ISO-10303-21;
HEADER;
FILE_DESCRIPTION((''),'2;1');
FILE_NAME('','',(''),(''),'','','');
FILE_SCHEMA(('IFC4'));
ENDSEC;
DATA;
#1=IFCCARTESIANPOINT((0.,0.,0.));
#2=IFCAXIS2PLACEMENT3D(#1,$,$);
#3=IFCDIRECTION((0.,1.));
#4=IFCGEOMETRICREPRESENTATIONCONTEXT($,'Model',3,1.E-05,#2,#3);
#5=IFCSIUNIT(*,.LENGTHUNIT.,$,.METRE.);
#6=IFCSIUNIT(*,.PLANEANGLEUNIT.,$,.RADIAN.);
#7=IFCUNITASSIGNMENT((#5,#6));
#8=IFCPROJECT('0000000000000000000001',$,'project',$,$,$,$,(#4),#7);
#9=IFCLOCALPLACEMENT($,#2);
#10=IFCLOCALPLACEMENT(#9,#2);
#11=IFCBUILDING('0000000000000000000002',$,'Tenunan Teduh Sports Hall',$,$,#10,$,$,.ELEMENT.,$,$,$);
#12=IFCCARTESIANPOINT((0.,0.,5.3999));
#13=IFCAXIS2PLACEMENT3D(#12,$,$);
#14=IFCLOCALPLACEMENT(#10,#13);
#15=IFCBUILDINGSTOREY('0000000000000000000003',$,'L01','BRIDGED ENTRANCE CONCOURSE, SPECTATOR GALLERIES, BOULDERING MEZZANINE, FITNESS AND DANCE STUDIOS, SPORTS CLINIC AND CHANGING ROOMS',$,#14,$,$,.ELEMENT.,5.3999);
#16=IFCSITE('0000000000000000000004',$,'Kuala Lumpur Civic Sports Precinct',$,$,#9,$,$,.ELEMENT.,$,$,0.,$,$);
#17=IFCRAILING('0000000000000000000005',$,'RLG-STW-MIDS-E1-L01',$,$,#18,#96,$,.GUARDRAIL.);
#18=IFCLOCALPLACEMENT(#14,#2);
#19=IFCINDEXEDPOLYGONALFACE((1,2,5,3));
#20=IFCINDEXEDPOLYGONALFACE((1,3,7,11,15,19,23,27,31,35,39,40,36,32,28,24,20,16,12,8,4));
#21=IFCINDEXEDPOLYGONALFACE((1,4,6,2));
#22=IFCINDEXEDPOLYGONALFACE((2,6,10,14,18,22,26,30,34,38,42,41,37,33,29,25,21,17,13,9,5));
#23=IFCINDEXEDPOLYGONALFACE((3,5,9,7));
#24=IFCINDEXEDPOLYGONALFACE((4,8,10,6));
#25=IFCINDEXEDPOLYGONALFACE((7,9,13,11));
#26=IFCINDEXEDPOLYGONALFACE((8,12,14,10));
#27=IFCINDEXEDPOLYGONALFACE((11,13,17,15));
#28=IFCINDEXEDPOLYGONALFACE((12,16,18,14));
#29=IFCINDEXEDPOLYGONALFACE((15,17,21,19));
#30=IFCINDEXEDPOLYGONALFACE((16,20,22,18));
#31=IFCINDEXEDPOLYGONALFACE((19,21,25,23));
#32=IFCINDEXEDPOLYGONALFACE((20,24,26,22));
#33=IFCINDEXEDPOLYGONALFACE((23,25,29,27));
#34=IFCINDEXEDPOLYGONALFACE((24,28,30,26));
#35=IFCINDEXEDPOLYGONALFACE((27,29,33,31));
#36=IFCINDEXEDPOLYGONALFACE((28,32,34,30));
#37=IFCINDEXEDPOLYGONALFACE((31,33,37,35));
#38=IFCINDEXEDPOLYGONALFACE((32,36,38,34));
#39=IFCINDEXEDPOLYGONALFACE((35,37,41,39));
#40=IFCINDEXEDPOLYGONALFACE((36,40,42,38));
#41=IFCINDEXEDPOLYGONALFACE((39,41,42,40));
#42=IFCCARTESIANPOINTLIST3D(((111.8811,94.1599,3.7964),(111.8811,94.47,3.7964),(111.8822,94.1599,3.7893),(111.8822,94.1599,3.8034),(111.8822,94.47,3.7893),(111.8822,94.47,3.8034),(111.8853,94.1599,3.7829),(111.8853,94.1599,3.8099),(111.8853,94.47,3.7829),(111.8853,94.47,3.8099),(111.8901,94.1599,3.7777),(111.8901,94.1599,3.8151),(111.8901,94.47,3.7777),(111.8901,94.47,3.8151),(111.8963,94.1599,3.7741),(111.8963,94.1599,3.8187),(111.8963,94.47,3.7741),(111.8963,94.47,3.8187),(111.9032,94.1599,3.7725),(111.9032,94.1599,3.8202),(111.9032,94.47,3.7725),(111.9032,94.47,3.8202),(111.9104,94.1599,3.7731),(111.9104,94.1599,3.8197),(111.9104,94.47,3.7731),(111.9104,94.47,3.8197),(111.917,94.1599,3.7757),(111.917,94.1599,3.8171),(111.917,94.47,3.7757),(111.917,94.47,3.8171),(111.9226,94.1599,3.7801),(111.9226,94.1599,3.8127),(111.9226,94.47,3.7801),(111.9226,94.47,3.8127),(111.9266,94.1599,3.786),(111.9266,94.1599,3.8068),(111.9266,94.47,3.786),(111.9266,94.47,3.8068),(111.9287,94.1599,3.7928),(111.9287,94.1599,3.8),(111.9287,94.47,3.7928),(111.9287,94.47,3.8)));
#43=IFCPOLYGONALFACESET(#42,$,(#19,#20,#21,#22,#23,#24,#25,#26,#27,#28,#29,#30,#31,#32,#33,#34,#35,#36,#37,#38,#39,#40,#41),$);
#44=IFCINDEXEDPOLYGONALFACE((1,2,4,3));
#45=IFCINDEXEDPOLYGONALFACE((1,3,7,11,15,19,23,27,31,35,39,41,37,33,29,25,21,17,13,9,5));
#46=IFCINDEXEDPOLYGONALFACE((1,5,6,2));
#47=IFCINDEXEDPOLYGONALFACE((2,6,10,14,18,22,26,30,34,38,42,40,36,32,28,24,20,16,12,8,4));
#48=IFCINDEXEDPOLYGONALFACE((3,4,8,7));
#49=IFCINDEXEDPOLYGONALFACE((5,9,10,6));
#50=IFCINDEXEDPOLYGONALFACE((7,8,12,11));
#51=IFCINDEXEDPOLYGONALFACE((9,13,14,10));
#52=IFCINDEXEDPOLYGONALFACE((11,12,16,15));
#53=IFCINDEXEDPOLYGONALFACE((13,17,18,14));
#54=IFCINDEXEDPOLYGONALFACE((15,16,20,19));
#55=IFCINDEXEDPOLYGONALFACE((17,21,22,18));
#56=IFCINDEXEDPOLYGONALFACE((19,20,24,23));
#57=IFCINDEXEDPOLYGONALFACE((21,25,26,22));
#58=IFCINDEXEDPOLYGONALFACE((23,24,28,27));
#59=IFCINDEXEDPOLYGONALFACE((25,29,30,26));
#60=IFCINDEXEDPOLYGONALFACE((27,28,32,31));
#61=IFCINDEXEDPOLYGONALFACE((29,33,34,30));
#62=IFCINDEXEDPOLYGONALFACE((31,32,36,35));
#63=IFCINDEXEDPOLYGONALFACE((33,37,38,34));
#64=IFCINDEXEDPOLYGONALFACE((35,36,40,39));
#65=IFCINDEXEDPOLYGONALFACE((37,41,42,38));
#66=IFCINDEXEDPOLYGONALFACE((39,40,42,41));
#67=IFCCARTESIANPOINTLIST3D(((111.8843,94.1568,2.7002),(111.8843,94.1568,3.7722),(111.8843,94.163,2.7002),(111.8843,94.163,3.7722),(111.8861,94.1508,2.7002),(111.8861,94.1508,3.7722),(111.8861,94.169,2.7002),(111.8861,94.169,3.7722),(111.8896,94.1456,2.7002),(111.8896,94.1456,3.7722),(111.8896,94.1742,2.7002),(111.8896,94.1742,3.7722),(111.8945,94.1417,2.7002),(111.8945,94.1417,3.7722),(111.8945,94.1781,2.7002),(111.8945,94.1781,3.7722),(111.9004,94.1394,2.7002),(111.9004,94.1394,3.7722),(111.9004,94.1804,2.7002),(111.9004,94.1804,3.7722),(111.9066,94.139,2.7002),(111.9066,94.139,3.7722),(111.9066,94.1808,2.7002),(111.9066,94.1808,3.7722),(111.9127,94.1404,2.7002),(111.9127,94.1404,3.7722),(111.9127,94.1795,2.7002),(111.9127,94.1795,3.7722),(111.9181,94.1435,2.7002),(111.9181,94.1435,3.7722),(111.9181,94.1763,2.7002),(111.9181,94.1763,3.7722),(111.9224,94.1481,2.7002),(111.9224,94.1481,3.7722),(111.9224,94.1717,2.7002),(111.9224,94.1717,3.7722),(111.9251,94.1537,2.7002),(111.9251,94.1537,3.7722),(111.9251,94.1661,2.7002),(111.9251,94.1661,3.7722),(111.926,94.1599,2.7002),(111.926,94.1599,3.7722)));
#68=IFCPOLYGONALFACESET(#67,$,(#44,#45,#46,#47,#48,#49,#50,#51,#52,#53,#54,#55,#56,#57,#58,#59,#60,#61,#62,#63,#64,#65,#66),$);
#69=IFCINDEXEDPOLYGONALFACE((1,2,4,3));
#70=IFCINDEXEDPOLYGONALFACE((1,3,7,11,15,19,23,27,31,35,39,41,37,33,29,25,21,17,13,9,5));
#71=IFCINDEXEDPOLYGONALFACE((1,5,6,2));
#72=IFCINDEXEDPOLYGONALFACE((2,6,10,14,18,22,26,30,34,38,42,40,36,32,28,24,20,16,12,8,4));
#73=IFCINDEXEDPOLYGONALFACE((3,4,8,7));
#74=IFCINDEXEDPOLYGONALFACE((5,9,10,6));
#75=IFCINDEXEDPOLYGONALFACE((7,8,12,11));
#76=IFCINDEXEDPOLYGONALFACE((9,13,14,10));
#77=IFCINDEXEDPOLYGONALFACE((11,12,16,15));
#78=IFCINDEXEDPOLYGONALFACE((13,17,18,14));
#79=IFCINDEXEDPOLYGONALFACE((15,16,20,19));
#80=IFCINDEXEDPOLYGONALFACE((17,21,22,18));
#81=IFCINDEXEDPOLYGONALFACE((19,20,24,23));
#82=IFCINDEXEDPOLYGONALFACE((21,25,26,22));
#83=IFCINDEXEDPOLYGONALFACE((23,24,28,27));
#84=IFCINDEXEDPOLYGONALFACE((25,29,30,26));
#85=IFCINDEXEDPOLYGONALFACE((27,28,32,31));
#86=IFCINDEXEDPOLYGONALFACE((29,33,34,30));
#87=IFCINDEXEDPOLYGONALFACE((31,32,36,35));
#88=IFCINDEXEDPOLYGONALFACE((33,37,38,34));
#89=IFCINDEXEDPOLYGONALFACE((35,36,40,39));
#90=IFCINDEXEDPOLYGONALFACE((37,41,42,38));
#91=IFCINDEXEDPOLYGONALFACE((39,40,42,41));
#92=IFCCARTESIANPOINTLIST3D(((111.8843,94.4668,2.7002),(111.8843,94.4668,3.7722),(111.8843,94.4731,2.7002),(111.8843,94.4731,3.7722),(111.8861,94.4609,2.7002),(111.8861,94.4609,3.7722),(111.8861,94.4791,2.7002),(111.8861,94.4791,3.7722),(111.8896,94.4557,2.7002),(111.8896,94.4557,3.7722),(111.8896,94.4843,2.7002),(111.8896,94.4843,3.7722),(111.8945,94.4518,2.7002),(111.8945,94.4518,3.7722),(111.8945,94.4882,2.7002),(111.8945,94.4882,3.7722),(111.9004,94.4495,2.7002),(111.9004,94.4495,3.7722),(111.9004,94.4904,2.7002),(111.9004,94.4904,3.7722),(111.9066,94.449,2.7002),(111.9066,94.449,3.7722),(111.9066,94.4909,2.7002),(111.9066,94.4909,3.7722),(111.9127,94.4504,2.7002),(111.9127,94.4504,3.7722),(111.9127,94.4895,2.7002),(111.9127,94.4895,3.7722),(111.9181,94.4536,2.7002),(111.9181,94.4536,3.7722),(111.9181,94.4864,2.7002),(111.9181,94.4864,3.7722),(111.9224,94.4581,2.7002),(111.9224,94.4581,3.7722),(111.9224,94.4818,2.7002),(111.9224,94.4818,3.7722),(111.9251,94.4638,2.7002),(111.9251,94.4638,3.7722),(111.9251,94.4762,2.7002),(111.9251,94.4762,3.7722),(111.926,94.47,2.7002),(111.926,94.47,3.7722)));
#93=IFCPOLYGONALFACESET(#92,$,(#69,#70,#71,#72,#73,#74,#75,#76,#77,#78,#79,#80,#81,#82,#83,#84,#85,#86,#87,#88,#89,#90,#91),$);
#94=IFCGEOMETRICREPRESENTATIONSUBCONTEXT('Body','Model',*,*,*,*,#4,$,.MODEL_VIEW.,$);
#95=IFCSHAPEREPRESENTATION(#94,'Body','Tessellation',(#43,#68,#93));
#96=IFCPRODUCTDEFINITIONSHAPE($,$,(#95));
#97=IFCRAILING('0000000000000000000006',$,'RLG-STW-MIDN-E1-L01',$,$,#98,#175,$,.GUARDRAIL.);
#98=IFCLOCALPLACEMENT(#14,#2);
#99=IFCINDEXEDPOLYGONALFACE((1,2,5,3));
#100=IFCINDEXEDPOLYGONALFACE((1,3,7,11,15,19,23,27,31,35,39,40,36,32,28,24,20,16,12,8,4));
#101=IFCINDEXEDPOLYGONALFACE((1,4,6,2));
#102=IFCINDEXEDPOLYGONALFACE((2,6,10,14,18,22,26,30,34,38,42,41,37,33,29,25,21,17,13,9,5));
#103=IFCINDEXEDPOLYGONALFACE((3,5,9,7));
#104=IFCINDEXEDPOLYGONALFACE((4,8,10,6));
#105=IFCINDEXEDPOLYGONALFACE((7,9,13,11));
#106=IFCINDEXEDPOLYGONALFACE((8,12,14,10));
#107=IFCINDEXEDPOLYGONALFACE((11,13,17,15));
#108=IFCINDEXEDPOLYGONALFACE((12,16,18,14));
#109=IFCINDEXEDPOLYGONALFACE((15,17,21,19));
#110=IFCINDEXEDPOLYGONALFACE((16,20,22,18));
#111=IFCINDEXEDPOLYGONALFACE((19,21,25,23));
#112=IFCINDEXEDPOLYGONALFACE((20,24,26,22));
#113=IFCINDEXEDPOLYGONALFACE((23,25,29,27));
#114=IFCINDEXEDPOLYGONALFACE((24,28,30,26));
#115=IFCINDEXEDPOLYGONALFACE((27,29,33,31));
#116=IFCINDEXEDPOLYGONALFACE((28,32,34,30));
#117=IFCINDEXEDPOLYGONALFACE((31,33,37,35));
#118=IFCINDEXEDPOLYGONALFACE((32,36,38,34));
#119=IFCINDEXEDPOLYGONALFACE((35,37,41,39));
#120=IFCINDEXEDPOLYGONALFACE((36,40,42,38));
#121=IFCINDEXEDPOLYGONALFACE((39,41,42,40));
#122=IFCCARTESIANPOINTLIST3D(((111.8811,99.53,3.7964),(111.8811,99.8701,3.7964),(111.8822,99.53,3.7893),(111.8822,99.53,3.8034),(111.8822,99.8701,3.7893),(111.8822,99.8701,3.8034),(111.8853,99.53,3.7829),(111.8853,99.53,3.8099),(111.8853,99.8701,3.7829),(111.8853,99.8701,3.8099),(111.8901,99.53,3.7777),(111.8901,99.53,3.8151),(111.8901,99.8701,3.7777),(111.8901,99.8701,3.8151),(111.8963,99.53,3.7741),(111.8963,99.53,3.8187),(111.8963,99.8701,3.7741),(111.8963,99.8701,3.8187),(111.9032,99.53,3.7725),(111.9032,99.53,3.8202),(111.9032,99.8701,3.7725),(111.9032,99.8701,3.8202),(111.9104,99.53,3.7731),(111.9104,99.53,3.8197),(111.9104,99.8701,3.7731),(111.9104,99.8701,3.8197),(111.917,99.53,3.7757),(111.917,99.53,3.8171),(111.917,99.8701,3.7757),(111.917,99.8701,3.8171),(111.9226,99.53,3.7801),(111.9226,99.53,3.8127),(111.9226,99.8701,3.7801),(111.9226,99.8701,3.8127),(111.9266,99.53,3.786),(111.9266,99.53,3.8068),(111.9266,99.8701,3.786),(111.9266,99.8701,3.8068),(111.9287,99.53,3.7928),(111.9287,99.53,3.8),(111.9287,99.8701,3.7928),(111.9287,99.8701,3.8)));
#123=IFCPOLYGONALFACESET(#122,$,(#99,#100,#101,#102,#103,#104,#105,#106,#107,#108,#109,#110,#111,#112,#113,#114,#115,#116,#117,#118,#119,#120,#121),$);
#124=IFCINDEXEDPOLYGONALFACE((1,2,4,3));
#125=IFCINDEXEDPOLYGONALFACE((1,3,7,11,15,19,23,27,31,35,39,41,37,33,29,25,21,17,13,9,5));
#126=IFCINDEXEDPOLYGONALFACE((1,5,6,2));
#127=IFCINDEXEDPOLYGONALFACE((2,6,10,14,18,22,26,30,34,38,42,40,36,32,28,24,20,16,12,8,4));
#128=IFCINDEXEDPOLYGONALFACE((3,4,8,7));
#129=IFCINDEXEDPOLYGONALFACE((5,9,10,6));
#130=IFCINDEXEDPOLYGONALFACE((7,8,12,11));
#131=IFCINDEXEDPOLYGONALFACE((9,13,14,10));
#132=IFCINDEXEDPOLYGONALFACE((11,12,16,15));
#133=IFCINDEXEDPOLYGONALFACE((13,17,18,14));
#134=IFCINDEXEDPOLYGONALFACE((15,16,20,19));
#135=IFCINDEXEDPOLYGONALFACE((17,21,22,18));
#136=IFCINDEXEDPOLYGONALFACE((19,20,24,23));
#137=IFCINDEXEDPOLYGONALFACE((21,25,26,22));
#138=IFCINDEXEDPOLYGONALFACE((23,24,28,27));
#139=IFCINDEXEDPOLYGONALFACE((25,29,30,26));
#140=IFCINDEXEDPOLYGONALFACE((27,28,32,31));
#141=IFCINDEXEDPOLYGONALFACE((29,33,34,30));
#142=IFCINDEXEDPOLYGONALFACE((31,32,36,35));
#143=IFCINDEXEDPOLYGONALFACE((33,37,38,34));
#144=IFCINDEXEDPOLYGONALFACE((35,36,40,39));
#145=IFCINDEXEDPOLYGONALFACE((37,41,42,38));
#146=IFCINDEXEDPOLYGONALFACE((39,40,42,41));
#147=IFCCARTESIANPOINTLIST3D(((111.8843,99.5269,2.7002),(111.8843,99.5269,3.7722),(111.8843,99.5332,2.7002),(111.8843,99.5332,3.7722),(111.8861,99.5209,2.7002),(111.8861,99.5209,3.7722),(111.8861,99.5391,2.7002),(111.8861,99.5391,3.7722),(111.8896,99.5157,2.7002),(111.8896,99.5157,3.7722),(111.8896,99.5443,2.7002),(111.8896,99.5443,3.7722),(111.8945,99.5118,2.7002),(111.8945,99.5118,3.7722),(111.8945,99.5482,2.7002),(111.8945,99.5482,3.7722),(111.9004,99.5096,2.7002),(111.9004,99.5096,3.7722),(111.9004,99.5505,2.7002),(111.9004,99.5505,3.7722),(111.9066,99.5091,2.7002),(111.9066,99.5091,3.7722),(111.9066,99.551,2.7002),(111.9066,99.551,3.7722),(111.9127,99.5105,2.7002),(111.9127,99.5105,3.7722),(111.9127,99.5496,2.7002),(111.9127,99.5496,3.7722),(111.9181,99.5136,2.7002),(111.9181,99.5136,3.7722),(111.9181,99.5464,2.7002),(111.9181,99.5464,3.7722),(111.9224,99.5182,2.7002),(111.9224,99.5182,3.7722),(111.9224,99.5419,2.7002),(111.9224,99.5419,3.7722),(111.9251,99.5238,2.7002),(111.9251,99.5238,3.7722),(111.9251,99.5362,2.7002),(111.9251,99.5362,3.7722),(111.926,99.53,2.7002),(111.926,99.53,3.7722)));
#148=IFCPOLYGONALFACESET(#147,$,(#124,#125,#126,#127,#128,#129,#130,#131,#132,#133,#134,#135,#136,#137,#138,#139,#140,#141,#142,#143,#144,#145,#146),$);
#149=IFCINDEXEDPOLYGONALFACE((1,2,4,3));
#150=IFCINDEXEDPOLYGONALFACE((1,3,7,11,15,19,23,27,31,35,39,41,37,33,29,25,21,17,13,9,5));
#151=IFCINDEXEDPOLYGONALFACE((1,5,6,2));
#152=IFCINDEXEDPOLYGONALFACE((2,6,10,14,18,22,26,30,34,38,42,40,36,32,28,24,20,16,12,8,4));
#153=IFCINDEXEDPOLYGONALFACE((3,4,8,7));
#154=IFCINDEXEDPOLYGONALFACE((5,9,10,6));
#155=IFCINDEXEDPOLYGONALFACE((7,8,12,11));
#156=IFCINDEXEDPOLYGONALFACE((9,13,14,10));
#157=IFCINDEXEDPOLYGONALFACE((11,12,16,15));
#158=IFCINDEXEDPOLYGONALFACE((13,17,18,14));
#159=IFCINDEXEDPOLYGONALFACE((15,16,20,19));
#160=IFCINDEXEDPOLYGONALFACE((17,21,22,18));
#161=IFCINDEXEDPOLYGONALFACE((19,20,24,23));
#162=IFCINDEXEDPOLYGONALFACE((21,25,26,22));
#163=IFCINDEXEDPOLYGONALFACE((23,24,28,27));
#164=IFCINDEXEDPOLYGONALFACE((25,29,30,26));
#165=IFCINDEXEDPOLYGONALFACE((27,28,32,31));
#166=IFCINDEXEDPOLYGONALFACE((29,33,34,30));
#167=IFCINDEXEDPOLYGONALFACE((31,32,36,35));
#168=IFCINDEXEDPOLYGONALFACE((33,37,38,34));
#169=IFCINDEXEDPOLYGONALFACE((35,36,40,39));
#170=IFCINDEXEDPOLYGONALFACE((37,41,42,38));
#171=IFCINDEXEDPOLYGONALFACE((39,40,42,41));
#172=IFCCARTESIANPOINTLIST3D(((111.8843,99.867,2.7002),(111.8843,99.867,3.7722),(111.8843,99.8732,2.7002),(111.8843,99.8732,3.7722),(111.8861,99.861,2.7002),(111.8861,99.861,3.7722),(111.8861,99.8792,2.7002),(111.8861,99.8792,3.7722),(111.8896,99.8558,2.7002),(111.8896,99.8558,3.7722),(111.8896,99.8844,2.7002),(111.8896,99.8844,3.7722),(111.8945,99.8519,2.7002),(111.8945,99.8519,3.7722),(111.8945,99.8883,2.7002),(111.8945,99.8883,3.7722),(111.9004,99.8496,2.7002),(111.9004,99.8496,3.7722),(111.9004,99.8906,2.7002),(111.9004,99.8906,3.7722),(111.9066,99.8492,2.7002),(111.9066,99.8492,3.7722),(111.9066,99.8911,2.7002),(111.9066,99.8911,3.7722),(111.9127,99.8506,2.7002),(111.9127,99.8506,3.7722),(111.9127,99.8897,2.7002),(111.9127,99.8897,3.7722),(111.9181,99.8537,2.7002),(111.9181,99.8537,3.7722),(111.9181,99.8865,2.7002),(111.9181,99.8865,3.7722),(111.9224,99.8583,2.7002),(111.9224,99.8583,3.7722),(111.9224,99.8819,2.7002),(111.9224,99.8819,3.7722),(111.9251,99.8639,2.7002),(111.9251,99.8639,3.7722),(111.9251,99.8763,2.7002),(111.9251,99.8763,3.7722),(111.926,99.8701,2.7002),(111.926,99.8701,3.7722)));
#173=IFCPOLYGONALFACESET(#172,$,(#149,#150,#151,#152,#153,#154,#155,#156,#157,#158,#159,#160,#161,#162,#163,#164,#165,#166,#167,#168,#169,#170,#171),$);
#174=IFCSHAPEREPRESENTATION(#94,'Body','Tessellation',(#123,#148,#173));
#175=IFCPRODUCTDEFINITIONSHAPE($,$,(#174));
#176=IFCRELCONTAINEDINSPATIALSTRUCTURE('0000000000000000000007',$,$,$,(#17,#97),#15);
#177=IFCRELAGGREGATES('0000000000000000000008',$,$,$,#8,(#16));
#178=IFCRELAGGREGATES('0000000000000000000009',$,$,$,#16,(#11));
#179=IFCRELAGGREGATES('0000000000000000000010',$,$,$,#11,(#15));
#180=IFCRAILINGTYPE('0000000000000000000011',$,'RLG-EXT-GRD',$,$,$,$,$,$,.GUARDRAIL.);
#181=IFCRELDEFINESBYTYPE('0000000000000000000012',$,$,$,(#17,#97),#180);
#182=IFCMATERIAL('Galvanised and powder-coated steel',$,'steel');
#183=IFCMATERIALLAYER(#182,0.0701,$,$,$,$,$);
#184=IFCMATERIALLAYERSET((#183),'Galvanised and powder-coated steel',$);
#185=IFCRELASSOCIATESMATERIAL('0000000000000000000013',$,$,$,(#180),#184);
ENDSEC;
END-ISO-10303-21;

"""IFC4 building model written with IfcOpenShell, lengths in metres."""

from ifc_helpers import new_model, si_unit, direction, frame, origin, origin_2d, place, context, subcontext, project, spatial, circle, extrude, material, layer, layer_set, type_object, element, save


model = new_model("IFC4")

# Units and contexts
model_context = context("Model", 3, precision=1e-05, world=origin(), true_north=direction((0.0, 1.0)))
body_context = subcontext(model_context, "Body", "Model", "MODEL_VIEW")
ifc_project = project(units=[si_unit("LENGTHUNIT", "METRE"), si_unit("PLANEANGLEUNIT", "RADIAN")], contexts=[model_context])

# Site, building, storey
site_placement = place(None, origin())
site = spatial("IfcSite", under=ifc_project, at=site_placement, Name="Kuala Lumpur Civic Sports Precinct", CompositionType="ELEMENT", RefElevation=0.0)
building_placement = place(site_placement, origin())
building = spatial("IfcBuilding", under=site, at=building_placement, Name="Tenunan Teduh Sports Hall", CompositionType="ELEMENT")
storey_placement = place(building_placement, frame((0.0, 0.0, 5.3999)))
storey = spatial("IfcBuildingStorey", under=building, at=storey_placement, Name="L01", Description="BRIDGED ENTRANCE CONCOURSE, SPECTATOR GALLERIES, BOULDERING MEZZANINE, FITNESS AND DANCE STUDIOS, SPORTS CLINIC AND CHANGING ROOMS", CompositionType="ELEMENT", Elevation=5.3999)

# Railings
ifc_material_1 = material(Name="Galvanised and powder-coated steel", Category="steel")
ifc_layer_1 = layer(ifc_material_1, 0.0701)
ifc_layer_set_1 = layer_set([ifc_layer_1], Name="Galvanised and powder-coated steel")
railing_type_1 = type_object("IfcRailingType", Name="RLG-EXT-GRD", PredefinedType="GUARDRAIL", material=ifc_layer_set_1)
railing_1_placement = place(storey_placement, frame((111.905, 94.1599, 2.7002)))
element("IfcRailing", 1, at=railing_1_placement, inside=storey, type_object=railing_type_1, Name="RLG-STW-MIDS-E1-L01", PredefinedType="GUARDRAIL", context=body_context, shape_type="SweptSolid", body=[
    extrude(circle(Radius=0.0239, at=origin_2d()), frame((0.0, 0.0, 1.0962), z_axis=(0.0, 1.0, 0.0), x_axis=(-1.0, 0.0, 0.0)), (0.0, 0.0, 1.0), 0.3101),
    extrude(circle(Radius=0.021, at=origin_2d()), origin(), (0.0, 0.0, 1.0), 1.072),
    extrude(circle(Radius=0.021, at=origin_2d()), frame((0.0, 0.3101, 0.0)), (0.0, 0.0, 1.0), 1.072),
])
railing_2_placement = place(storey_placement, frame((111.905, 99.53, 2.7002)))
element("IfcRailing", 2, at=railing_2_placement, inside=storey, type_object=railing_type_1, Name="RLG-STW-MIDN-E1-L01", PredefinedType="GUARDRAIL", context=body_context, shape_type="SweptSolid", body=[
    extrude(circle(Radius=0.0239, at=origin_2d()), frame((0.0, 0.0, 1.0962), z_axis=(0.0, 1.0, 0.0), x_axis=(-1.0, 0.0, 0.0)), (0.0, 0.0, 1.0), 0.3401),
    extrude(circle(Radius=0.021, at=origin_2d()), origin(), (0.0, 0.0, 1.0), 1.072),
    extrude(circle(Radius=0.021, at=origin_2d()), frame((0.0, 0.3401, 0.0)), (0.0, 0.0, 1.0), 1.072),
])

save(model, "model.ifc")
